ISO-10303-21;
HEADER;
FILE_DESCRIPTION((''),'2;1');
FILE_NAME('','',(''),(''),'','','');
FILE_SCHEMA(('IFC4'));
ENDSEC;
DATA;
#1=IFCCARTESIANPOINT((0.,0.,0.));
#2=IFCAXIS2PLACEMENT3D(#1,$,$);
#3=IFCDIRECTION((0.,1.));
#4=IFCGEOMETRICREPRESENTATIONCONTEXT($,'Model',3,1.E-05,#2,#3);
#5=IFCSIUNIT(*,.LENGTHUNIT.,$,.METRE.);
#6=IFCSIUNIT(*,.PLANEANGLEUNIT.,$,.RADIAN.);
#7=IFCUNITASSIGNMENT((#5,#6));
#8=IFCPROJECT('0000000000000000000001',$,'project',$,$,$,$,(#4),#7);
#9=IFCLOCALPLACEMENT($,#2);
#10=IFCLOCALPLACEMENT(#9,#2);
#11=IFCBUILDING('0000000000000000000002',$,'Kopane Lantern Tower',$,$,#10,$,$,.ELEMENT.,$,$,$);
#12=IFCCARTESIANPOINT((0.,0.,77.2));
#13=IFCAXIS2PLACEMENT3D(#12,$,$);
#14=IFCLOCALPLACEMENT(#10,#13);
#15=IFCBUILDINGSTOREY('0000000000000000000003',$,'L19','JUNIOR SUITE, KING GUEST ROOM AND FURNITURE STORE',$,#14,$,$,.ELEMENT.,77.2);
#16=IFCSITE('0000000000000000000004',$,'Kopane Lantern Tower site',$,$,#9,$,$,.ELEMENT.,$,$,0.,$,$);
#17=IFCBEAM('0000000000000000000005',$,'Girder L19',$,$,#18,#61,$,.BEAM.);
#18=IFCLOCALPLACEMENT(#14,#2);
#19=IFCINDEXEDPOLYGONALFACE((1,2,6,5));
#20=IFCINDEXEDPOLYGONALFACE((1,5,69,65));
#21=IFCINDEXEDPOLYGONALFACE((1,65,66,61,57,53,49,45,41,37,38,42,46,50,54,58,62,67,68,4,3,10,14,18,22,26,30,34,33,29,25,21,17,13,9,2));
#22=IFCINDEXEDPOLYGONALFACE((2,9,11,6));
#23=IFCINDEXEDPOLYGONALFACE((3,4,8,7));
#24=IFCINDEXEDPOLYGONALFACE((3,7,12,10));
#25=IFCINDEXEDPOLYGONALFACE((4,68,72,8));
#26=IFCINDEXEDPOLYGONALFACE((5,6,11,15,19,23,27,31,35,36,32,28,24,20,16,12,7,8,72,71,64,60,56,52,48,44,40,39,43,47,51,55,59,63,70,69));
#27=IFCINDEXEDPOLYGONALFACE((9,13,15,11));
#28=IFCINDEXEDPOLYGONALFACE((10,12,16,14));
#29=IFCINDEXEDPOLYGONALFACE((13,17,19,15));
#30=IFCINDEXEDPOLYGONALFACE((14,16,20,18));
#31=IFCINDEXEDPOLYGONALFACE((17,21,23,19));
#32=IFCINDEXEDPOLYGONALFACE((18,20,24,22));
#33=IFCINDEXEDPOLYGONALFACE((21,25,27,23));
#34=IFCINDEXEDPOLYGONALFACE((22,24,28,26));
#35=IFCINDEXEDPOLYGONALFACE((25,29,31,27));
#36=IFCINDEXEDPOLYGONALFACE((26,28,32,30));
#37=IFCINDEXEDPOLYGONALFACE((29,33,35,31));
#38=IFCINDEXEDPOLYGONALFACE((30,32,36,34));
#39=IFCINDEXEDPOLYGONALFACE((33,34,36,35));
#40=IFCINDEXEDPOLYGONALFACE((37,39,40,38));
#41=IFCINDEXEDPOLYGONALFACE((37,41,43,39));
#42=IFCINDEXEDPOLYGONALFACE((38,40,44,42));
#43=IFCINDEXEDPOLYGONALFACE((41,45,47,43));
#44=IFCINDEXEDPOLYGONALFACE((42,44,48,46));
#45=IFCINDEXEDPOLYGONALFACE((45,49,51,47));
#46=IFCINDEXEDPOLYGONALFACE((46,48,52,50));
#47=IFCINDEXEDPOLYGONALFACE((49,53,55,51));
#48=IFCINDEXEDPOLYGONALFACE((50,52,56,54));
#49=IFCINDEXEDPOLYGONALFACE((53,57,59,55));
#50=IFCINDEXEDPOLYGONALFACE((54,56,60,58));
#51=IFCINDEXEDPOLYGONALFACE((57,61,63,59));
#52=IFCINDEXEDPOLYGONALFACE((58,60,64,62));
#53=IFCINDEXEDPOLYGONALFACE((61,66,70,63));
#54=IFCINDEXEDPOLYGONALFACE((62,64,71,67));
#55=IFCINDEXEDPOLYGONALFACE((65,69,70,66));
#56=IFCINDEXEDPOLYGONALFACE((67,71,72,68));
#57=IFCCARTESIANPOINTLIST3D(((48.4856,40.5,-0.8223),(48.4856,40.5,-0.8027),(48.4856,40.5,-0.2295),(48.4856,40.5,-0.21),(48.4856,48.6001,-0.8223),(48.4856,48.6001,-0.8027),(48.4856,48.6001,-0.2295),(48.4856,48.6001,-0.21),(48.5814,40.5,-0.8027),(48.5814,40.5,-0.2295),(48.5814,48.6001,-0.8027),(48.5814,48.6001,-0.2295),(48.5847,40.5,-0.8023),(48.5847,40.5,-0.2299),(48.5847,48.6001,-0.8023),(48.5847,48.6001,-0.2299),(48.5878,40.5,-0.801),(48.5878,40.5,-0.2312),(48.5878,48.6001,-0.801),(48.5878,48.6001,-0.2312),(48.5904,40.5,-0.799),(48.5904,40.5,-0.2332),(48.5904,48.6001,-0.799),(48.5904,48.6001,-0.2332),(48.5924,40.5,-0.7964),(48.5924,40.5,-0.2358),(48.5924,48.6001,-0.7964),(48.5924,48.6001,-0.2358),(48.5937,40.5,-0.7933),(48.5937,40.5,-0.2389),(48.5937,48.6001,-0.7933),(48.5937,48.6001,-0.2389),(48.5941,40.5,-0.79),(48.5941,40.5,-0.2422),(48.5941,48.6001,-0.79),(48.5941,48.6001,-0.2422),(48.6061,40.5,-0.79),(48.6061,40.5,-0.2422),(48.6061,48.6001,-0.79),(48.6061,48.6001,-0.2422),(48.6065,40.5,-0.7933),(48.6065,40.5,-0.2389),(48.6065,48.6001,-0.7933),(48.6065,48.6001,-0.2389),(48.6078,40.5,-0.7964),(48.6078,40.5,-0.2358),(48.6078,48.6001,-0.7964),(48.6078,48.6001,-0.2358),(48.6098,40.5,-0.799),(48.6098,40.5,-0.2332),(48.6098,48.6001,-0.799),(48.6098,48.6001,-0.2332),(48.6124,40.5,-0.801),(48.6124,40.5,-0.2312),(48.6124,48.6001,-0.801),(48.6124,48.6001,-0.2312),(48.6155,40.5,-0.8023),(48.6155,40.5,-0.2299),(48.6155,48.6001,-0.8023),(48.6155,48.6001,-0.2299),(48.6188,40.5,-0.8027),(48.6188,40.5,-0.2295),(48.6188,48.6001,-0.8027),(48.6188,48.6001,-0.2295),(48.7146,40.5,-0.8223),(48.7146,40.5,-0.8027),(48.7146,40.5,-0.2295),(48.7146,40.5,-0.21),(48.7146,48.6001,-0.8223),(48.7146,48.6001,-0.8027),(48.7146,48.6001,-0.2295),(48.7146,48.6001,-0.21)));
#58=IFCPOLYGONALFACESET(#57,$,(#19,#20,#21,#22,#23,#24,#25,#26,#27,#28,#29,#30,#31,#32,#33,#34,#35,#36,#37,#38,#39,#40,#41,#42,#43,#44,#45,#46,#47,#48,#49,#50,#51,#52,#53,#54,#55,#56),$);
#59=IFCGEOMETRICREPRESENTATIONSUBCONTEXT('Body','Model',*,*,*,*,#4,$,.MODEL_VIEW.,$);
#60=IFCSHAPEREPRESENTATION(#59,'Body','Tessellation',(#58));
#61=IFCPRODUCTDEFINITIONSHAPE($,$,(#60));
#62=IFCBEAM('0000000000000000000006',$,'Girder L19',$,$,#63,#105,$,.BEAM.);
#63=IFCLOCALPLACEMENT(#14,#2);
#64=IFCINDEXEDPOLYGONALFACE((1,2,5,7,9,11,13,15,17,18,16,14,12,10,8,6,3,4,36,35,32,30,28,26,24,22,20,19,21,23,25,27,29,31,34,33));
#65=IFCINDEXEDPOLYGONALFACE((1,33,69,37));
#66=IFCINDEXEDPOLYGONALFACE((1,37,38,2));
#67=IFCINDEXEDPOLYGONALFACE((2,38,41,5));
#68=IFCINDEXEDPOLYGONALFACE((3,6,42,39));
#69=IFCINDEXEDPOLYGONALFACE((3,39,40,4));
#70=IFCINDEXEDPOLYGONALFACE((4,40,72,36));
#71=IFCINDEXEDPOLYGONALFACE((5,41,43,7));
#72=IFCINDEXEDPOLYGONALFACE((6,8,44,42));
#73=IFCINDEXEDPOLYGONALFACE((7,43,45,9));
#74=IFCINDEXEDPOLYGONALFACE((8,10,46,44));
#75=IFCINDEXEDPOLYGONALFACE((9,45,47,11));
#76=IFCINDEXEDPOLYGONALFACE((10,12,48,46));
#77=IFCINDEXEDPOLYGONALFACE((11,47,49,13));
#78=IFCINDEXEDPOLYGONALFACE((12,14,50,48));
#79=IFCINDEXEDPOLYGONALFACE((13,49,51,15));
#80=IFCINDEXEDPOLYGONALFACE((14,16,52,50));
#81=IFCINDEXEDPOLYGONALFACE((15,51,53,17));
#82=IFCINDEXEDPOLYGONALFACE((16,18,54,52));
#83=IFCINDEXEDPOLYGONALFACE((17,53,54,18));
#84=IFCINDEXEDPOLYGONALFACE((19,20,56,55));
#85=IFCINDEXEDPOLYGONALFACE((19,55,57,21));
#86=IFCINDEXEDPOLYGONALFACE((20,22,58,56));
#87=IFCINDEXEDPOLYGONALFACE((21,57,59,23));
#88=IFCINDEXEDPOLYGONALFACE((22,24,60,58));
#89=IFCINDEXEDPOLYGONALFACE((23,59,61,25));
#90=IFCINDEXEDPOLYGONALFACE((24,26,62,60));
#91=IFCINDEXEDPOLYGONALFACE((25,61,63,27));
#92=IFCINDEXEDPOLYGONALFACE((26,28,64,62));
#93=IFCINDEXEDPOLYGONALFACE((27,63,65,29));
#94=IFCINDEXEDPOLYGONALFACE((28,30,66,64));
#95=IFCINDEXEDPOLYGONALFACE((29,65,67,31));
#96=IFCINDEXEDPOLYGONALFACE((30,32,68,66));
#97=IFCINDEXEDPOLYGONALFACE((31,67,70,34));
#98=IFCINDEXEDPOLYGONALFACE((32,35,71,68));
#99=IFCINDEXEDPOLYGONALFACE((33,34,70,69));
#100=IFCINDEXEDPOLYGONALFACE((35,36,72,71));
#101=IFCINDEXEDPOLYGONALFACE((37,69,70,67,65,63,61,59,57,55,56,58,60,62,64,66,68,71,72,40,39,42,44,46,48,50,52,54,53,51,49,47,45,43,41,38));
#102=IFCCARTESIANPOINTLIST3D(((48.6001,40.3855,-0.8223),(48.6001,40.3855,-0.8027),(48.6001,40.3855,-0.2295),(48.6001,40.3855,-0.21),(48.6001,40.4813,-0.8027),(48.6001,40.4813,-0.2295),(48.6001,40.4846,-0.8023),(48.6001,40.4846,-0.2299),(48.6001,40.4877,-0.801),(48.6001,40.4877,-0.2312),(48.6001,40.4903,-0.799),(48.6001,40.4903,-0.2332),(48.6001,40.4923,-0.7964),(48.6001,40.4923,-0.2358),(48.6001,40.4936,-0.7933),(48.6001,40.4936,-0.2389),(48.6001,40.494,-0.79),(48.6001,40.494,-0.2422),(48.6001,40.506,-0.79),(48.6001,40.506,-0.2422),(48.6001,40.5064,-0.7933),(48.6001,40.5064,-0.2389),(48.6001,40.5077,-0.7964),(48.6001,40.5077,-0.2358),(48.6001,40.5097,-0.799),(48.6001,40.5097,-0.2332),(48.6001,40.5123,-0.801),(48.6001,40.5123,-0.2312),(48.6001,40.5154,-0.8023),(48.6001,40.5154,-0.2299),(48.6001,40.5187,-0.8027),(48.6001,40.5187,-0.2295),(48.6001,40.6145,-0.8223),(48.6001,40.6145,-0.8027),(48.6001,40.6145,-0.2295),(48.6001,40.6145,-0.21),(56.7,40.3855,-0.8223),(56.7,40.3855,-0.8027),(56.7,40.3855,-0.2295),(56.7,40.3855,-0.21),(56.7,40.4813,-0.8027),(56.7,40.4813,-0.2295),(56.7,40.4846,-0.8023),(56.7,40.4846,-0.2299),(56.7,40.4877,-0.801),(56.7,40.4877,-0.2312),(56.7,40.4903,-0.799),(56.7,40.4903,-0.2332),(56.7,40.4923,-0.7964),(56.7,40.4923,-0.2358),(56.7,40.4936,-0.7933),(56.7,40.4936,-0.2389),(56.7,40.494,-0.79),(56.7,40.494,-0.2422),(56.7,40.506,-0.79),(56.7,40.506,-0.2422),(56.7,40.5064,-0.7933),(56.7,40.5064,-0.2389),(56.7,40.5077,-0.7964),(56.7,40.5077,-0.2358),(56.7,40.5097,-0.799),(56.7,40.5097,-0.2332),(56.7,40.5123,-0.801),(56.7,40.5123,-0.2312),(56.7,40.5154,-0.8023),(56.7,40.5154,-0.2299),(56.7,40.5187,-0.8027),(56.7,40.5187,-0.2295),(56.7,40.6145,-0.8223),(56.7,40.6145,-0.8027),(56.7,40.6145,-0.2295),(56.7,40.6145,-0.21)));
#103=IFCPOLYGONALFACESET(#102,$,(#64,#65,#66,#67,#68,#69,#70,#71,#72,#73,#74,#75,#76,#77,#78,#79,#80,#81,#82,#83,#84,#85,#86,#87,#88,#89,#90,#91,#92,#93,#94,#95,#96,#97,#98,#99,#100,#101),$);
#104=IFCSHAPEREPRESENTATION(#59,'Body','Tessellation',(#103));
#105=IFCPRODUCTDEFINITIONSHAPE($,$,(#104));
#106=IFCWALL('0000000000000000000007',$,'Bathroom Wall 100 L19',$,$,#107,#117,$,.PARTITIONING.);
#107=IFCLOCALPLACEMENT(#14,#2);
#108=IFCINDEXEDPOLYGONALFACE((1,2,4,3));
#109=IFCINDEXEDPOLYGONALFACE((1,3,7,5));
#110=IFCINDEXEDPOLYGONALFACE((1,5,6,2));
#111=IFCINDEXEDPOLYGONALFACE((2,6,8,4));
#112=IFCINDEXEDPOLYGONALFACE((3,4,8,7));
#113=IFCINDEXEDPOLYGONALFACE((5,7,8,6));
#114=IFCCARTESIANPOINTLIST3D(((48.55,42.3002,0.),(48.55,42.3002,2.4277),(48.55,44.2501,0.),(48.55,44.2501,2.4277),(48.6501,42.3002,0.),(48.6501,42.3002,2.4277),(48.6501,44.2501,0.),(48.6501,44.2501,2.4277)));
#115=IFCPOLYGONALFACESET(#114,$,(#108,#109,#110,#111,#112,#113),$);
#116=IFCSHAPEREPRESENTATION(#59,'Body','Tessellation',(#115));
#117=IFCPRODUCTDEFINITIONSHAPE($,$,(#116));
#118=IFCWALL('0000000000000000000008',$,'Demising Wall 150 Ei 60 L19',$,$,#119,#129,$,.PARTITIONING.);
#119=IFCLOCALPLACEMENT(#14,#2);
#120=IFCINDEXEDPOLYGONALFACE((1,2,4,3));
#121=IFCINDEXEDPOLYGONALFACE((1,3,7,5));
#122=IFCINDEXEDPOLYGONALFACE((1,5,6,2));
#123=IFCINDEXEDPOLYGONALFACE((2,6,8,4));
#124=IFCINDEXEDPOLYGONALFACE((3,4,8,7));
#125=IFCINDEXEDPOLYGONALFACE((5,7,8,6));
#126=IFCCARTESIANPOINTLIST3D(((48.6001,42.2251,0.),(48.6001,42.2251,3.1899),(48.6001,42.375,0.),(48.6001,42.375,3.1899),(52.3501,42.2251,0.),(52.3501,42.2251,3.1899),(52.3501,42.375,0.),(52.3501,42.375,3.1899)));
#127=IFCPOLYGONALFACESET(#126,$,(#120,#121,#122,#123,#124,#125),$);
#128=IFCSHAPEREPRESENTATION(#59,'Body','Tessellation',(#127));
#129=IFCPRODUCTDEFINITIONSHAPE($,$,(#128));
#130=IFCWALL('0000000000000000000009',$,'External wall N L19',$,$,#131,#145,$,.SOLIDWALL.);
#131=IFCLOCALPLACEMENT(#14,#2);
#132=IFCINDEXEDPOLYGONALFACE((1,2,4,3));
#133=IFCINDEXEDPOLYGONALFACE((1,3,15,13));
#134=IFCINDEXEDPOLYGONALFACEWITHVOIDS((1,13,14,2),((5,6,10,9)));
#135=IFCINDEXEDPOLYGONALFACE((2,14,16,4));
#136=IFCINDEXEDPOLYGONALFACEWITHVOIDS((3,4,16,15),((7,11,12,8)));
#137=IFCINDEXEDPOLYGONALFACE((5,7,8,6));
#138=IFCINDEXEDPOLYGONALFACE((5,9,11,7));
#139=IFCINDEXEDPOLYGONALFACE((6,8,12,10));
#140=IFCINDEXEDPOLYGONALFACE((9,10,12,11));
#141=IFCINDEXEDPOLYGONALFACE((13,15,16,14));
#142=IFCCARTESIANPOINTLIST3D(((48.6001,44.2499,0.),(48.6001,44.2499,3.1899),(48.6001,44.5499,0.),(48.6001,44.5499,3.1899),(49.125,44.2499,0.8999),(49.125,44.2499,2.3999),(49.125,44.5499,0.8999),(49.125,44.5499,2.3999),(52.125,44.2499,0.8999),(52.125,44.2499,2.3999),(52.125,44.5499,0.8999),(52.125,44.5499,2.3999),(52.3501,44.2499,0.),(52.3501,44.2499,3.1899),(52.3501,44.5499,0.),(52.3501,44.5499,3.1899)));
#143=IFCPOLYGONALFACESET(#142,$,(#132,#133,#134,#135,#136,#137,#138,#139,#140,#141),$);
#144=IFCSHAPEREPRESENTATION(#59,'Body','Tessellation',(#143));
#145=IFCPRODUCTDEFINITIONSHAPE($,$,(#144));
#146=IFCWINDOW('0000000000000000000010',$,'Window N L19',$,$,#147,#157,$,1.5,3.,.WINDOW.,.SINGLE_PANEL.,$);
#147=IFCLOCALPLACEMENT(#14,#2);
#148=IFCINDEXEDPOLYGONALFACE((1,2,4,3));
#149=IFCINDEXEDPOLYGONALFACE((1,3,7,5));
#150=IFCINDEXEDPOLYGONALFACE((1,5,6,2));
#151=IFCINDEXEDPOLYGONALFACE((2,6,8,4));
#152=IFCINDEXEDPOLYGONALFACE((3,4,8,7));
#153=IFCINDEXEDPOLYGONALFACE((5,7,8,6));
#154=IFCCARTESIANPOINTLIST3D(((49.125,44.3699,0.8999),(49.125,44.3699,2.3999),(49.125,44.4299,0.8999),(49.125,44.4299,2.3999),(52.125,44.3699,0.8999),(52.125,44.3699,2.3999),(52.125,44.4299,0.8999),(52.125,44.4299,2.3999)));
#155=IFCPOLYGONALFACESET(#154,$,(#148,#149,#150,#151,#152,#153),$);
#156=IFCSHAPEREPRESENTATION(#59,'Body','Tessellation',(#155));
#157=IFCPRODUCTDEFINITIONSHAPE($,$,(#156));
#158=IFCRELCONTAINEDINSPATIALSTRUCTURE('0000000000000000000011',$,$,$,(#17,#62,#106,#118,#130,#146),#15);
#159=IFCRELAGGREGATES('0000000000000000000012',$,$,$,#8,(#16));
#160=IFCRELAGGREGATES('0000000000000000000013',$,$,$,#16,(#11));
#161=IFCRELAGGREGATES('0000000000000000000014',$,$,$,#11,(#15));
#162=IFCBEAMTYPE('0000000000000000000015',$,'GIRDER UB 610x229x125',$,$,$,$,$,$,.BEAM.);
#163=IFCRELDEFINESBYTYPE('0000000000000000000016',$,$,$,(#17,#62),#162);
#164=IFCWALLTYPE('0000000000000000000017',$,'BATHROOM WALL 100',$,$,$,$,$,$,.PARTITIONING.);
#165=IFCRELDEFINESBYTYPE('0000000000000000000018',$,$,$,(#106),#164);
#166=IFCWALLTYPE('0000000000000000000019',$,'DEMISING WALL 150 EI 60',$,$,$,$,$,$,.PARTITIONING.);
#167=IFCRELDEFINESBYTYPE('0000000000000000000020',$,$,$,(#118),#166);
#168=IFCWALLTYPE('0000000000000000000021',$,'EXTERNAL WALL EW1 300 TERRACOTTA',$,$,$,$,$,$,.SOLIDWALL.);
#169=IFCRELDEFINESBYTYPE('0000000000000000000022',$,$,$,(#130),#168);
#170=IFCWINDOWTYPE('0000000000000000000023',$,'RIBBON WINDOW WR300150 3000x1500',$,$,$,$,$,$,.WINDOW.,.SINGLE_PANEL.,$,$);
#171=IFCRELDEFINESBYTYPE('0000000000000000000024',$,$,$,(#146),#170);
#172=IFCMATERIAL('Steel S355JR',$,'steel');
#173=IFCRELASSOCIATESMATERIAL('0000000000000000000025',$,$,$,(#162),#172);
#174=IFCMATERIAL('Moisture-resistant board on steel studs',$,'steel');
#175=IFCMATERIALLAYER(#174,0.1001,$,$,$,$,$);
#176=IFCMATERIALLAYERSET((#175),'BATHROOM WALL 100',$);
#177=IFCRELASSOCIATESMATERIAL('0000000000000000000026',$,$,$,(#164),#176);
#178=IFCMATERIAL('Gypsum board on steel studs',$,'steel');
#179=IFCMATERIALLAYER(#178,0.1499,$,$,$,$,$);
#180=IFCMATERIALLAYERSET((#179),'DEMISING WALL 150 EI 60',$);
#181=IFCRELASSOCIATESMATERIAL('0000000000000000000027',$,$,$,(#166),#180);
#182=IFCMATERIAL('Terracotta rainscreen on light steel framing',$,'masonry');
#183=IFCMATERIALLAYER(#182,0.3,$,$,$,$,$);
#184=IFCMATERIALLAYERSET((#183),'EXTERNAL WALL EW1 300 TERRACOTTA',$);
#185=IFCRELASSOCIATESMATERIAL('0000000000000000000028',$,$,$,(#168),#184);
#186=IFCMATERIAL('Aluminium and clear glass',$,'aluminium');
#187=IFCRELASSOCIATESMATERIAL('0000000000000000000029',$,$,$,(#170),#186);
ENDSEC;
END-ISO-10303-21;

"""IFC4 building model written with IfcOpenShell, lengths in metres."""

from ifc_helpers import new_model, si_unit, direction, frame, frame_2d, origin, origin_2d, place, context, subcontext, project, spatial, rectangle, i_section, extrude, material, layer, layer_set, material_profile, profile_set, type_object, element, fill, save


model = new_model("IFC4")

# Units and contexts
model_context = context("Model", 3, precision=1e-05, world=origin(), true_north=direction((0.0, 1.0)))
body_context = subcontext(model_context, "Body", "Model", "MODEL_VIEW")
ifc_project = project(units=[si_unit("LENGTHUNIT", "METRE"), si_unit("PLANEANGLEUNIT", "RADIAN")], contexts=[model_context])

# Site, building, storey
site_placement = place(None, origin())
site = spatial("IfcSite", under=ifc_project, at=site_placement, Name="Kopane Lantern Tower site", CompositionType="ELEMENT", RefElevation=0.0)
building_placement = place(site_placement, origin())
building = spatial("IfcBuilding", under=site, at=building_placement, Name="Kopane Lantern Tower", CompositionType="ELEMENT")
storey_placement = place(building_placement, frame((0.0, 0.0, 77.2)))
storey = spatial("IfcBuildingStorey", under=building, at=storey_placement, Name="L19", Description="JUNIOR SUITE, KING GUEST ROOM AND FURNITURE STORE", CompositionType="ELEMENT", Elevation=77.2)

# Beams
ifc_material_1 = material(Name="Steel S355JR", Category="steel")
ifc_material_profile_1 = material_profile(ifc_material_1, i_section(OverallWidth=0.229, OverallDepth=0.6123, WebThickness=0.012, FlangeThickness=0.0195, FilletRadius=0.0127, at=origin_2d()), Name="UB 610x229x125")
ifc_profile_set_1 = profile_set([ifc_material_profile_1], Name="Steel S355JR")
beam_type_1 = type_object("IfcBeamType", Name="GIRDER UB 610x229x125", PredefinedType="BEAM", material=ifc_profile_set_1)
beam_1_placement = place(storey_placement, frame((48.6001, 40.5, -0.5161), z_axis=(0.0, 1.0, 0.0), x_axis=(-1.0, 0.0, 0.0)))
element("IfcBeam", 1, at=beam_1_placement, inside=storey, type_object=beam_type_1, Name="Girder L19", PredefinedType="BEAM", context=body_context, shape_type="SweptSolid", body=[
    extrude(i_section(OverallWidth=0.229, OverallDepth=0.6123, WebThickness=0.012, FlangeThickness=0.0195, FilletRadius=0.0127, at=origin_2d()), origin(), (0.0, 0.0, 1.0), 8.1001),
])
beam_2_placement = place(storey_placement, frame((48.6001, 40.5, -0.5161), z_axis=(1.0, 0.0, 0.0), x_axis=(0.0, 1.0, 0.0)))
element("IfcBeam", 2, at=beam_2_placement, inside=storey, type_object=beam_type_1, Name="Girder L19", PredefinedType="BEAM", context=body_context, shape_type="SweptSolid", body=[
    extrude(i_section(OverallWidth=0.229, OverallDepth=0.6123, WebThickness=0.012, FlangeThickness=0.0195, FilletRadius=0.0127, at=origin_2d()), origin(), (0.0, 0.0, 1.0), 8.0999),
])

# Walls
ifc_material_2 = material(Name="Moisture-resistant board on steel studs", Category="steel")
ifc_layer_1 = layer(ifc_material_2, 0.1001)
ifc_layer_set_1 = layer_set([ifc_layer_1], Name="BATHROOM WALL 100")
wall_type_1 = type_object("IfcWallType", Name="BATHROOM WALL 100", PredefinedType="PARTITIONING", material=ifc_layer_set_1)
wall_1_placement = place(storey_placement, frame((48.6001, 42.3, 0.0), z_axis=(0.0, 0.0, 1.0), x_axis=(0.0, 1.0, 0.0)))
element("IfcWall", 3, at=wall_1_placement, inside=storey, type_object=wall_type_1, Name="Bathroom Wall 100 L19", PredefinedType="PARTITIONING", context=body_context, shape_type="SweptSolid", body=[
    extrude(rectangle(XDim=1.95, YDim=0.1001, at=frame_2d((0.9751, 0.0))), origin(), (0.0, 0.0, 1.0), 2.4277),
])
ifc_material_3 = material(Name="Gypsum board on steel studs", Category="steel")
ifc_layer_2 = layer(ifc_material_3, 0.1499)
ifc_layer_set_2 = layer_set([ifc_layer_2], Name="DEMISING WALL 150 EI 60")
wall_type_2 = type_object("IfcWallType", Name="DEMISING WALL 150 EI 60", PredefinedType="PARTITIONING", material=ifc_layer_set_2)
wall_2_placement = place(storey_placement, frame((48.6001, 42.3, 0.0), z_axis=(0.0, 0.0, 1.0), x_axis=(1.0, 0.0, 0.0)))
element("IfcWall", 4, at=wall_2_placement, inside=storey, type_object=wall_type_2, Name="Demising Wall 150 Ei 60 L19", PredefinedType="PARTITIONING", context=body_context, shape_type="SweptSolid", body=[
    extrude(rectangle(XDim=3.75, YDim=0.1499, at=frame_2d((1.875, 0.0))), origin(), (0.0, 0.0, 1.0), 3.1899),
])

# Wall, opening, window
ifc_material_4 = material(Name="Terracotta rainscreen on light steel framing", Category="masonry")
ifc_layer_3 = layer(ifc_material_4, 0.3)
ifc_layer_set_3 = layer_set([ifc_layer_3], Name="EXTERNAL WALL EW1 300 TERRACOTTA")
wall_type_3 = type_object("IfcWallType", Name="EXTERNAL WALL EW1 300 TERRACOTTA", PredefinedType="SOLIDWALL", material=ifc_layer_set_3)
wall_3_placement = place(storey_placement, frame((52.3501, 44.3999, 0.0), z_axis=(0.0, 0.0, 1.0), x_axis=(-1.0, 0.0, 0.0)))
wall_3 = element("IfcWall", 5, at=wall_3_placement, inside=storey, type_object=wall_type_3, Name="External wall N L19", PredefinedType="SOLIDWALL", context=body_context, shape_type="SweptSolid", body=[
    extrude(rectangle(XDim=3.75, YDim=0.3, at=frame_2d((1.875, 0.0))), origin(), (0.0, 0.0, 1.0), 3.1899),
])
opening_placement = place(wall_3_placement, frame((0.2251, 0.0, 0.8999)))
opening = element("IfcOpeningElement", 6, at=opening_placement, cuts=wall_3, PredefinedType="OPENING", context=body_context, shape_type="SweptSolid", body=[
    extrude(rectangle(XDim=3.0, YDim=1.5, at=frame_2d((1.5, 0.75))), frame((0.0, 0.1599, 0.0), z_axis=(0.0, -1.0, 0.0), x_axis=(1.0, 0.0, 0.0)), (0.0, 0.0, 1.0), 0.3201),
])
ifc_material_5 = material(Name="Aluminium and clear glass", Category="aluminium")
window_type = type_object("IfcWindowType", Name="RIBBON WINDOW WR300150 3000x1500", PartitioningType="SINGLE_PANEL", PredefinedType="WINDOW", material=ifc_material_5)
window_placement = place(opening_placement, origin())
window = element("IfcWindow", 7, at=window_placement, inside=storey, type_object=window_type, Name="Window N L19", OverallHeight=1.5, OverallWidth=3.0, PartitioningType="SINGLE_PANEL", PredefinedType="WINDOW", context=body_context, shape_type="SweptSolid", body=[
    extrude(rectangle(XDim=3.0, YDim=1.5, at=frame_2d((1.5, 0.75))), frame((0.0, 0.03, 0.0), z_axis=(0.0, -1.0, 0.0), x_axis=(1.0, 0.0, 0.0)), (0.0, 0.0, 1.0), 0.0601),
])
fill(opening, window)

save(model, "model.ifc")
